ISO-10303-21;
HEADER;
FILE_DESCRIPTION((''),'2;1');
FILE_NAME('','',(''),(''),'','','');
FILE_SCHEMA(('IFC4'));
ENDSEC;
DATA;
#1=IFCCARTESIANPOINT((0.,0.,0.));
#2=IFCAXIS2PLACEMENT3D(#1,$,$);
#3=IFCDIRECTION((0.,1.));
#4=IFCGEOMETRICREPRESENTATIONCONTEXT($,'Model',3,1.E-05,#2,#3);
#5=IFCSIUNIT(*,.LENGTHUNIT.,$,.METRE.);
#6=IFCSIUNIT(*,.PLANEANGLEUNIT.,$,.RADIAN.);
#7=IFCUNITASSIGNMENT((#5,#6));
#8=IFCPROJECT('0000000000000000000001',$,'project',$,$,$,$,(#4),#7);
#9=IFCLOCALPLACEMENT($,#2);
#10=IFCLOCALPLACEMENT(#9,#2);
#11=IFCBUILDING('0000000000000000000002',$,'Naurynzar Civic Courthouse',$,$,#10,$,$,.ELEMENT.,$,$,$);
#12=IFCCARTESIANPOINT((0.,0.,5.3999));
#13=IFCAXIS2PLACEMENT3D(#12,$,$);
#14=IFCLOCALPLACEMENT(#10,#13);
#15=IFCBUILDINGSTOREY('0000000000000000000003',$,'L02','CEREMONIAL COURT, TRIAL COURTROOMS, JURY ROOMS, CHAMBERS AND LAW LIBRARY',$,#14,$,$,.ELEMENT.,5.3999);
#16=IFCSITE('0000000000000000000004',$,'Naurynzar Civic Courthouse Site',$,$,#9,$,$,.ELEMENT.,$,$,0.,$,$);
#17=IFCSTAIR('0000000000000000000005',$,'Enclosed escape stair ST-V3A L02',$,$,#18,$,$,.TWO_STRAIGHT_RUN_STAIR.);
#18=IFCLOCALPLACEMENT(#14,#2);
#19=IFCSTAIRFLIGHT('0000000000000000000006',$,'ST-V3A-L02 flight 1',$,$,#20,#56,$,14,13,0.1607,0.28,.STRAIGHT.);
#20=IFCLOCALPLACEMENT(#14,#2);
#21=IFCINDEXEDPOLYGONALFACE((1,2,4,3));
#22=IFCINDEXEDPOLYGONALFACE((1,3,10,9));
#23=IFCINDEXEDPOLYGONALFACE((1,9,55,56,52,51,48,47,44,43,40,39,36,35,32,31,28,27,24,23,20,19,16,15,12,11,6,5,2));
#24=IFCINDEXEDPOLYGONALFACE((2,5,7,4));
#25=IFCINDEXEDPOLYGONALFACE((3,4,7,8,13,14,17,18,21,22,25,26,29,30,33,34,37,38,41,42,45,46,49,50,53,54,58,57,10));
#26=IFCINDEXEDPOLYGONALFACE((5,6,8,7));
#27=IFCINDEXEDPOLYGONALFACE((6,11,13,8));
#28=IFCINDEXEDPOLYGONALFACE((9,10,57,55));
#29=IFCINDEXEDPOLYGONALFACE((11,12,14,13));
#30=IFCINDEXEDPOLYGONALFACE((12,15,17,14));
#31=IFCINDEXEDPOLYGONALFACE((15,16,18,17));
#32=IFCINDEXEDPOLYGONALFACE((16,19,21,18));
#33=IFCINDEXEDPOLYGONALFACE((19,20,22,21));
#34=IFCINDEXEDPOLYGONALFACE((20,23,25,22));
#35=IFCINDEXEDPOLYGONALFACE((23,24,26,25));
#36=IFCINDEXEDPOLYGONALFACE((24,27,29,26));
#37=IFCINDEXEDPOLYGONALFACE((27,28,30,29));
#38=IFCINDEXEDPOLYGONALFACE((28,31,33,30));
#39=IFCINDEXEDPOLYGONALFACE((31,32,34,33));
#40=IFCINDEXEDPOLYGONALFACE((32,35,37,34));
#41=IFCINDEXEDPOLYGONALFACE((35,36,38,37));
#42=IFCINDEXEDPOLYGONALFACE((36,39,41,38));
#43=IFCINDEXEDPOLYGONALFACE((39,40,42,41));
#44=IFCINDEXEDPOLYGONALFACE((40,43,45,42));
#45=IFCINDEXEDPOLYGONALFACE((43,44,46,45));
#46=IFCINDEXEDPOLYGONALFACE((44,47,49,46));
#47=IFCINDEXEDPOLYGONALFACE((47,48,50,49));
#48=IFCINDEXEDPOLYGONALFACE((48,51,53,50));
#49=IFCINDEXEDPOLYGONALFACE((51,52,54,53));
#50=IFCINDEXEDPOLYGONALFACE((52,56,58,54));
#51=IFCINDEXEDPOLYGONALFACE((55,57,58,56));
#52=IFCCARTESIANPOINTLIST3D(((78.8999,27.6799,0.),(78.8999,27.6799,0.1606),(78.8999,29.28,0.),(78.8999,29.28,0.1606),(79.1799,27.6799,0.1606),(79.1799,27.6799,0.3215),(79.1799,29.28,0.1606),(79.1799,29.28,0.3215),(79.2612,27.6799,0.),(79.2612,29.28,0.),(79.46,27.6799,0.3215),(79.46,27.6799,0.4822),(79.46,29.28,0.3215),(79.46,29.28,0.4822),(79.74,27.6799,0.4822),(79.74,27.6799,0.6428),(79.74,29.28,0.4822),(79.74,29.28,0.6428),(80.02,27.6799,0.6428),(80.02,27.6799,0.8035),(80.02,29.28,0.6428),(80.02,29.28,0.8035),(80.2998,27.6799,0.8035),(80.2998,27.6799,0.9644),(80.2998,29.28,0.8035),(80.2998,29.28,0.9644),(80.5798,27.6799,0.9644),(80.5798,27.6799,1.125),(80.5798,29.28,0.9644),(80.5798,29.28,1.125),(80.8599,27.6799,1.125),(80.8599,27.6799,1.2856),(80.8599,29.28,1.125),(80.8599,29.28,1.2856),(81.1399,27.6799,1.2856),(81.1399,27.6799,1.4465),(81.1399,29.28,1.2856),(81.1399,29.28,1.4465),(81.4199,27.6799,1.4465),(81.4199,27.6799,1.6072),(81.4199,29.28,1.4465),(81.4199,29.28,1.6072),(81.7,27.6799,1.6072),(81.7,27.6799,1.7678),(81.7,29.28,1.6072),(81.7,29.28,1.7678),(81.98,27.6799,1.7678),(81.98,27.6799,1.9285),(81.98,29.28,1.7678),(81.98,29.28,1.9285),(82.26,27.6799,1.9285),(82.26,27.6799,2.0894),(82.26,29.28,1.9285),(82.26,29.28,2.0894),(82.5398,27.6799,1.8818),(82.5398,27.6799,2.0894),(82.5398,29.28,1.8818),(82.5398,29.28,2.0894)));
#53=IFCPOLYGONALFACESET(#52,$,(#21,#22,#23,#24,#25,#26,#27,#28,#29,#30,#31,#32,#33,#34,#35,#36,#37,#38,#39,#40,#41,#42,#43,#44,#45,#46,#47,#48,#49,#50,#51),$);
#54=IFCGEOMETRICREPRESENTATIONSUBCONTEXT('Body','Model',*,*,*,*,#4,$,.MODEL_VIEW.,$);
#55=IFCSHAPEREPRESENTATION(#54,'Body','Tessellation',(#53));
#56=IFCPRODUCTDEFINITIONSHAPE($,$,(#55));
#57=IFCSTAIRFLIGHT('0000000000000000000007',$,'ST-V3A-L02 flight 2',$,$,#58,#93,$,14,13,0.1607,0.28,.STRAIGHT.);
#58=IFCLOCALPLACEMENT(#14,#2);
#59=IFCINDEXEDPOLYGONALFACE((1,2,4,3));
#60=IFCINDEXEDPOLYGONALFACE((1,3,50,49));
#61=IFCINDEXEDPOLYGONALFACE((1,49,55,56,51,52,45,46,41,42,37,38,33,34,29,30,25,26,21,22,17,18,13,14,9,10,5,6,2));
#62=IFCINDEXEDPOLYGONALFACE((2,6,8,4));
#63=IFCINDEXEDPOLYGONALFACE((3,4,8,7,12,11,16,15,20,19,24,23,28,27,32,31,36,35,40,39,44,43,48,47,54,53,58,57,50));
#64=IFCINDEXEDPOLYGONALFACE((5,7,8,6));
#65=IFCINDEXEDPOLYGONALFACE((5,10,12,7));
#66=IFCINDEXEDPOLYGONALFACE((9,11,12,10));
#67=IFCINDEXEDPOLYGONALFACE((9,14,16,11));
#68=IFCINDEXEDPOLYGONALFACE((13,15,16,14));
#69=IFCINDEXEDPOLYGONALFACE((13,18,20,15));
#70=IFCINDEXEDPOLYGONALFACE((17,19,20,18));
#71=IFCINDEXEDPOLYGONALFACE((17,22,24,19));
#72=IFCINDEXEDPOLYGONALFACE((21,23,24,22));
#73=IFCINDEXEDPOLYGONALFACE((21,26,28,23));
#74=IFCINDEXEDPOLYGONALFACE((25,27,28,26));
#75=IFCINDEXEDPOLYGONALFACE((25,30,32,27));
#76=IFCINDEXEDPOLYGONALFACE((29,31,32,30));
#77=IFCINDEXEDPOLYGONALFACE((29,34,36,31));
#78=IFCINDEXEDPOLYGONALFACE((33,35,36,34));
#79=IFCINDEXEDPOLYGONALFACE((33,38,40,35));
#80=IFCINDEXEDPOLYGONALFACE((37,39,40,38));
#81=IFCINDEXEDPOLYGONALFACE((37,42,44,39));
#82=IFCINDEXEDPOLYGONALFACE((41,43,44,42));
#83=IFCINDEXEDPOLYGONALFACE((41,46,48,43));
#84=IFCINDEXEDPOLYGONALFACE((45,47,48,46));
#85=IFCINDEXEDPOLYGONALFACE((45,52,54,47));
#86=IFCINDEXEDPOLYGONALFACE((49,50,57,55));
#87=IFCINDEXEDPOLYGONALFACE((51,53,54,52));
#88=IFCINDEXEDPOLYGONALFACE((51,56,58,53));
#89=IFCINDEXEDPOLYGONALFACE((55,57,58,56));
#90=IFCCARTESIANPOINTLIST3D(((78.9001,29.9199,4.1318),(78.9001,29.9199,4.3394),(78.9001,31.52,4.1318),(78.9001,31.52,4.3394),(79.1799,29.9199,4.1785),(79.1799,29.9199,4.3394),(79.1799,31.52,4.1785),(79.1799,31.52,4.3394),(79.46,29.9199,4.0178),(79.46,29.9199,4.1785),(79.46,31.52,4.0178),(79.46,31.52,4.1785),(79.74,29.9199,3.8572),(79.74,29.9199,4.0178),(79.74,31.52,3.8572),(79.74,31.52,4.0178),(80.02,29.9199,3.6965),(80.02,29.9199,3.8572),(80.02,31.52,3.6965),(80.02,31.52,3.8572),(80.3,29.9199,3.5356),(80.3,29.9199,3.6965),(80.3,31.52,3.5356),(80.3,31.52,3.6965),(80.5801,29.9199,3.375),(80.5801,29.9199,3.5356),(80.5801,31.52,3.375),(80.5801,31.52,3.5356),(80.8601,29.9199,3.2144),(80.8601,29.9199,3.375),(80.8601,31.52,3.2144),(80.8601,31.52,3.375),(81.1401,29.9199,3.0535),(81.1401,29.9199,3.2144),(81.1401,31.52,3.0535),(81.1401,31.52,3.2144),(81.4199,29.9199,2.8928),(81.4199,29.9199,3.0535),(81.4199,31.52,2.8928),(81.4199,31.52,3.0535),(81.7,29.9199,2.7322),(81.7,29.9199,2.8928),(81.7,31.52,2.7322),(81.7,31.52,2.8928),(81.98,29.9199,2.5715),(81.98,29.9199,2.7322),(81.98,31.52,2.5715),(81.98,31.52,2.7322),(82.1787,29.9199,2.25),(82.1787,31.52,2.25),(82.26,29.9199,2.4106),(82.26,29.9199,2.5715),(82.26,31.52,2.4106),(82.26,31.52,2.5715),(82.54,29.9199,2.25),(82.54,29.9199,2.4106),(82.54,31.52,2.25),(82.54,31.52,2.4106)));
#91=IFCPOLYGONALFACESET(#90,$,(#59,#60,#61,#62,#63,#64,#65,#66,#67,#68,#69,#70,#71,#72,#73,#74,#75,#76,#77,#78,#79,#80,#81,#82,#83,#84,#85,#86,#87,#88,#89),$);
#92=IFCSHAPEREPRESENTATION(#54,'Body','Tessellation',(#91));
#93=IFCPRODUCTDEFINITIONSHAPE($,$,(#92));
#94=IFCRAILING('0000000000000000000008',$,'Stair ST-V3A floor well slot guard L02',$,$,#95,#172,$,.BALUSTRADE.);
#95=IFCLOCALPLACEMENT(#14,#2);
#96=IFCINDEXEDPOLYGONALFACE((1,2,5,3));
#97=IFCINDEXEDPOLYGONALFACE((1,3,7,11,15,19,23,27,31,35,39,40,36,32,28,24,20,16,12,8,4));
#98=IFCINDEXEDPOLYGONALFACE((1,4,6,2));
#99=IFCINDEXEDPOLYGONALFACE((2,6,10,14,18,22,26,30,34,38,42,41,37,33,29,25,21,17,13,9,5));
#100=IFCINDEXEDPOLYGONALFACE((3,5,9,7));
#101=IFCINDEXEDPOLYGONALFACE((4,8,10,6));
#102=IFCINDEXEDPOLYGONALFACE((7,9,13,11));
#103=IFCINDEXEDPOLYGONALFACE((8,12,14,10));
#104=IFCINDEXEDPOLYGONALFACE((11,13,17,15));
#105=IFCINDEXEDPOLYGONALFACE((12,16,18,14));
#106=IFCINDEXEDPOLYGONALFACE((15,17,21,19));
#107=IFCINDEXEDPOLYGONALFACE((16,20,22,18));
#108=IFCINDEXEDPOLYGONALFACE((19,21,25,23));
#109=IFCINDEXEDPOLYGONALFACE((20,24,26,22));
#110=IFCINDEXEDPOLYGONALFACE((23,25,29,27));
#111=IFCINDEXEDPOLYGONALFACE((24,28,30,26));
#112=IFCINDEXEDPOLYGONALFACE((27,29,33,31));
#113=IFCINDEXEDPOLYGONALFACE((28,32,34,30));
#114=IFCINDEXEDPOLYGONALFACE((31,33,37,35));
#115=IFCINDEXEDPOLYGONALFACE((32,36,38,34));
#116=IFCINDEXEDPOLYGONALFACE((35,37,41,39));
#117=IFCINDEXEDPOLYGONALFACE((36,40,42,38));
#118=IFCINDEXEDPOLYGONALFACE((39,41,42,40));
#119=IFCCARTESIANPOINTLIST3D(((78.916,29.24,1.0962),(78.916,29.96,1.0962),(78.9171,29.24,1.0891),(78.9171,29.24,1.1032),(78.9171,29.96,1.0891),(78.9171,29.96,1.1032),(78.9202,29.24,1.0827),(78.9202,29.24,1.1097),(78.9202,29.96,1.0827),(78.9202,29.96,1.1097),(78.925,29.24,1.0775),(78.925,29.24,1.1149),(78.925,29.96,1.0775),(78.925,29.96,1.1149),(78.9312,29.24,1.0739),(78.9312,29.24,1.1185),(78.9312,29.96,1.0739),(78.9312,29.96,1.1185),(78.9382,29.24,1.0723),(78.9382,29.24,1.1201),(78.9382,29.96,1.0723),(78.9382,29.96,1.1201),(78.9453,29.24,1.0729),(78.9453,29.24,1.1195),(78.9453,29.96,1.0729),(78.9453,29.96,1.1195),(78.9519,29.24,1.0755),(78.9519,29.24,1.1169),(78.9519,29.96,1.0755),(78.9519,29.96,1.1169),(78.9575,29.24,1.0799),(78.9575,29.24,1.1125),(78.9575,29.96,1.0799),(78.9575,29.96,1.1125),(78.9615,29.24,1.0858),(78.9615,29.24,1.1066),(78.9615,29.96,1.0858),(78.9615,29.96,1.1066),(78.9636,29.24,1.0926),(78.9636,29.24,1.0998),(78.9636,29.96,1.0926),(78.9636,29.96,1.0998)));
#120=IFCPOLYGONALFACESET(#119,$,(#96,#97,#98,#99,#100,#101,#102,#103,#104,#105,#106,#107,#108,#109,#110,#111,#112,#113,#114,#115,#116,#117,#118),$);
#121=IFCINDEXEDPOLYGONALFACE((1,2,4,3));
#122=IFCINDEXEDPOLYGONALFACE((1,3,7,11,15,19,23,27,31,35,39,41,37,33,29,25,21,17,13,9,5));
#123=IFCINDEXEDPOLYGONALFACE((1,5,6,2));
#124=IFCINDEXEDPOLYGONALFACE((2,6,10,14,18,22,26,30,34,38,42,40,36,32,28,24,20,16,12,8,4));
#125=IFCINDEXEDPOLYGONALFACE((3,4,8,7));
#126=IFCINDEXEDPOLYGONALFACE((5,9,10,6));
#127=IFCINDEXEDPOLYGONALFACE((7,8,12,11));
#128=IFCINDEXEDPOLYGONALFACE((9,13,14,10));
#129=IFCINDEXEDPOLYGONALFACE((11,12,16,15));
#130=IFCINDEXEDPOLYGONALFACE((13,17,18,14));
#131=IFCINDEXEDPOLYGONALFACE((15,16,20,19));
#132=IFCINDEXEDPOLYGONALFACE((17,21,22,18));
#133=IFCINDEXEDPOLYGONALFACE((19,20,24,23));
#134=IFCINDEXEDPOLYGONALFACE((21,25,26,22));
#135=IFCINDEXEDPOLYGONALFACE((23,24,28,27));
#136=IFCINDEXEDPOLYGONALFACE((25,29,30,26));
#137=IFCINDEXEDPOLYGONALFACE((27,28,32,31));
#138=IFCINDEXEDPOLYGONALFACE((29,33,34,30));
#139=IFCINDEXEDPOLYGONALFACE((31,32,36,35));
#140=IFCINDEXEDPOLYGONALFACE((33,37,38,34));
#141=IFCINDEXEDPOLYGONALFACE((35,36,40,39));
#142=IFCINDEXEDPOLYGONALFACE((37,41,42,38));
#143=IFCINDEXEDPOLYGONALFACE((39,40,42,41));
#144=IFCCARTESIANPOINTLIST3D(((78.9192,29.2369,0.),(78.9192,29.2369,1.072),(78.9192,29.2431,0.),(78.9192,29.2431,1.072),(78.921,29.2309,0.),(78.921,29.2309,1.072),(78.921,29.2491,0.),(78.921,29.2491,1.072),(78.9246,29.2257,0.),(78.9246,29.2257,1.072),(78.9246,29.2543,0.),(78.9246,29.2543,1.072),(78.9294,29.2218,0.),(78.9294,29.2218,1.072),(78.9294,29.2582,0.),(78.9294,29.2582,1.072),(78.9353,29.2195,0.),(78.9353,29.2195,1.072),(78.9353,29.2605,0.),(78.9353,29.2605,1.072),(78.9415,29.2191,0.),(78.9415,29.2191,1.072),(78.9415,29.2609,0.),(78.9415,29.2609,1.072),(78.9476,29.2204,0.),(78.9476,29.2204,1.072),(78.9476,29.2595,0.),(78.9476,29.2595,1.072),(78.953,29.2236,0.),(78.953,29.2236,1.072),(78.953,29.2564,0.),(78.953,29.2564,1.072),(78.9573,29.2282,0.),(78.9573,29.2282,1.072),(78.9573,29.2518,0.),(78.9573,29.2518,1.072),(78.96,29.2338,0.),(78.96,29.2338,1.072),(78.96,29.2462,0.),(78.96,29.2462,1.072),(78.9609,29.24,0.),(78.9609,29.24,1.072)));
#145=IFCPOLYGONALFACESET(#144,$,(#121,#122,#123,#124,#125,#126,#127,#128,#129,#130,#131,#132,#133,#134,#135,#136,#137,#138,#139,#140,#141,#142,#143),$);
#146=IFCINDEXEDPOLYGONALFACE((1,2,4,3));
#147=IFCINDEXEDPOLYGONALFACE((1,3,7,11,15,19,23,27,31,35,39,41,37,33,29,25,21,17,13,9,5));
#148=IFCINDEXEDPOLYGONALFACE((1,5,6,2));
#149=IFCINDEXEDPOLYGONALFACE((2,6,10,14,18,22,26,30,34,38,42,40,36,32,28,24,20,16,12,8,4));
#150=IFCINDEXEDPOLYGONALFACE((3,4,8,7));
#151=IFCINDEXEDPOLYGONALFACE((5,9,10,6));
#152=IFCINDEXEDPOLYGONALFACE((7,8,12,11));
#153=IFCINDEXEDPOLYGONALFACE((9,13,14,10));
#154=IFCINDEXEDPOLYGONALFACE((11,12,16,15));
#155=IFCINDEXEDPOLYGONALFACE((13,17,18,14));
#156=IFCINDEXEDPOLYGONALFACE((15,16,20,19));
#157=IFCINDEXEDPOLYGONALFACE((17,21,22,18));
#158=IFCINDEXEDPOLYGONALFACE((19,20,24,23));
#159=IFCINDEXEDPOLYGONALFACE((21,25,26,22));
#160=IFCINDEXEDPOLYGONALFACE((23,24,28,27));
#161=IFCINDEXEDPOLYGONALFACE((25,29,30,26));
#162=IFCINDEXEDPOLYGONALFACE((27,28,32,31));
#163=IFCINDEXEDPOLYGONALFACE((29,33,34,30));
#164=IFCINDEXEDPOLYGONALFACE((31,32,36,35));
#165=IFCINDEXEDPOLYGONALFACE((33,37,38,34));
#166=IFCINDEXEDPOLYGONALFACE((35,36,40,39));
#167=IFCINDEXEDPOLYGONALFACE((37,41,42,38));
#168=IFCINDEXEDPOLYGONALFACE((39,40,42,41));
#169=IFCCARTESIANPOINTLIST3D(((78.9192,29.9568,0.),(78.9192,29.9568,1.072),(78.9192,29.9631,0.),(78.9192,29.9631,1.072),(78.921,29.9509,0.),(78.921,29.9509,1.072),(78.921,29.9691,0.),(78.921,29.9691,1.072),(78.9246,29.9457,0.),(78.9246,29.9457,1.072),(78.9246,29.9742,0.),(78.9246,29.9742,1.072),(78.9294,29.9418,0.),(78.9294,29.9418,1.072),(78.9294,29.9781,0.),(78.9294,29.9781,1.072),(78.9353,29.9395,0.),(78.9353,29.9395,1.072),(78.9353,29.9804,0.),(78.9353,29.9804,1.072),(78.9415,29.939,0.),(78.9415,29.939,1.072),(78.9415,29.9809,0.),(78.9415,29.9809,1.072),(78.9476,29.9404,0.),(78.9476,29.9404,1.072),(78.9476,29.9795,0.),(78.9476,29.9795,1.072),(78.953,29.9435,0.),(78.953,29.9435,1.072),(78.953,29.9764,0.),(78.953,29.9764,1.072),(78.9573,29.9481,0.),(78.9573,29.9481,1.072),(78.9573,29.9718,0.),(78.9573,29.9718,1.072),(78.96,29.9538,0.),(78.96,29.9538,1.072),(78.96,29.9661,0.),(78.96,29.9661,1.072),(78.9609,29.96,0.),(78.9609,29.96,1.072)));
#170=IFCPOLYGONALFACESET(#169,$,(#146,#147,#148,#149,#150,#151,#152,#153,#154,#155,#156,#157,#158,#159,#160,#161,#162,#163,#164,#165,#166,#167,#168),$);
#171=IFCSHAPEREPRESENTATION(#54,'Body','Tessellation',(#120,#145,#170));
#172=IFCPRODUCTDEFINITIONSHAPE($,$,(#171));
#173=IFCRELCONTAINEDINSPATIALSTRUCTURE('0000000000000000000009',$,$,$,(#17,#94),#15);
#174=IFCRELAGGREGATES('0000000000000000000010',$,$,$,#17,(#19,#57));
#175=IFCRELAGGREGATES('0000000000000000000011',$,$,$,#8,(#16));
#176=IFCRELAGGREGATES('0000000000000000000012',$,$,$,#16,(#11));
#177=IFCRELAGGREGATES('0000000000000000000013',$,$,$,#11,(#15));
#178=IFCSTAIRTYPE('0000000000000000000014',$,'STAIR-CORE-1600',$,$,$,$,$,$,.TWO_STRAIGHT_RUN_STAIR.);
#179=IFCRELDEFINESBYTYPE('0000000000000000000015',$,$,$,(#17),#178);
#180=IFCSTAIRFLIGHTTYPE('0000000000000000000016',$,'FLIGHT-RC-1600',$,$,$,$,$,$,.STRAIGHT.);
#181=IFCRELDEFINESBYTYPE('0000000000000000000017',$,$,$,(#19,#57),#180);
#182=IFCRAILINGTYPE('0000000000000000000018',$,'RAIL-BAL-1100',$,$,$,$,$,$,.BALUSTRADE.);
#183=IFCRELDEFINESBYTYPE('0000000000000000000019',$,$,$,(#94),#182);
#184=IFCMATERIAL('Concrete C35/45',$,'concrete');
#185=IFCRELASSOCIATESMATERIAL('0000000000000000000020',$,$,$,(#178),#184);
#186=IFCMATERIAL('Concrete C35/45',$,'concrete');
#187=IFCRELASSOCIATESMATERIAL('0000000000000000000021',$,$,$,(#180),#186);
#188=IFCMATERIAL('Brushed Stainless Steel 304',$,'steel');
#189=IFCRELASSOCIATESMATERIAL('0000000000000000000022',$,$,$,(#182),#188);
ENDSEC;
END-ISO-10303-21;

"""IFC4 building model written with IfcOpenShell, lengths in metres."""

from ifc_helpers import new_model, si_unit, direction, frame, origin, origin_2d, place, context, subcontext, project, spatial, polyline, circle, outline, extrude, material, type_object, element, aggregate, save


model = new_model("IFC4")

# Units and contexts
model_context = context("Model", 3, precision=1e-05, world=origin(), true_north=direction((0.0, 1.0)))
body_context = subcontext(model_context, "Body", "Model", "MODEL_VIEW")
ifc_project = project(units=[si_unit("LENGTHUNIT", "METRE"), si_unit("PLANEANGLEUNIT", "RADIAN")], contexts=[model_context])

# Site, building, storey
site_placement = place(None, origin())
site = spatial("IfcSite", under=ifc_project, at=site_placement, Name="Naurynzar Civic Courthouse Site", CompositionType="ELEMENT", RefElevation=0.0)
building_placement = place(site_placement, origin())
building = spatial("IfcBuilding", under=site, at=building_placement, Name="Naurynzar Civic Courthouse", CompositionType="ELEMENT")
storey_placement = place(building_placement, frame((0.0, 0.0, 5.3999)))
storey = spatial("IfcBuildingStorey", under=building, at=storey_placement, Name="L02", Description="CEREMONIAL COURT, TRIAL COURTROOMS, JURY ROOMS, CHAMBERS AND LAW LIBRARY", CompositionType="ELEMENT", Elevation=5.3999)

# Stair, stair flights
ifc_material_1 = material(Name="Concrete C35/45", Category="concrete")
stair_type = type_object("IfcStairType", Name="STAIR-CORE-1600", PredefinedType="TWO_STRAIGHT_RUN_STAIR", material=ifc_material_1)
stair_placement = place(storey_placement, origin())
stair = element("IfcStair", 1, at=stair_placement, inside=storey, type_object=stair_type, Name="Enclosed escape stair ST-V3A L02", PredefinedType="TWO_STRAIGHT_RUN_STAIR")
ifc_material_2 = material(Name="Concrete C35/45", Category="concrete")
stair_flight_type = type_object("IfcStairFlightType", Name="FLIGHT-RC-1600", PredefinedType="STRAIGHT", material=ifc_material_2)
stair_flight_1_placement = place(storey_placement, frame((78.8999, 28.48, 0.0), z_axis=(0.0, 0.0, 1.0), x_axis=(1.0, 0.0, 0.0)))
stair_flight_1 = element("IfcStairFlight", 2, at=stair_flight_1_placement, type_object=stair_flight_type, Name="ST-V3A-L02 flight 1", NumberOfRisers=14, NumberOfTreads=13, PredefinedType="STRAIGHT", RiserHeight=0.1607, TreadLength=0.28, context=body_context, shape_type="SweptSolid", body=[
    extrude(outline(polyline([(0.0, 0.0), (0.0, 0.1606), (0.28, 0.1606), (0.28, 0.3215), (0.5601, 0.3215), (0.5601, 0.4822), (0.8401, 0.4822), (0.8401, 0.6428), (1.1201, 0.6428), (1.1201, 0.8035), (1.3999, 0.8035), (1.3999, 0.9644), (1.6799, 0.9644), (1.6799, 1.125), (1.96, 1.125), (1.96, 1.2856), (2.24, 1.2856), (2.24, 1.4465), (2.52, 1.4465), (2.52, 1.6072), (2.8, 1.6072), (2.8, 1.7678), (3.0801, 1.7678), (3.0801, 1.9285), (3.3601, 1.9285), (3.3601, 2.0894), (3.6399, 2.0894), (3.6399, 2.25), (3.6399, 1.8818), (0.3613, 0.0), (0.0, 0.0)])), frame((0.0, 0.8, 0.0), z_axis=(0.0, -1.0, 0.0), x_axis=(1.0, 0.0, 0.0)), (0.0, 0.0, 1.0), 1.6001),
])
stair_flight_2_placement = place(storey_placement, frame((82.54, 30.72, 2.25), z_axis=(0.0, 0.0, 1.0), x_axis=(-1.0, 0.0, 0.0)))
stair_flight_2 = element("IfcStairFlight", 3, at=stair_flight_2_placement, type_object=stair_flight_type, Name="ST-V3A-L02 flight 2", NumberOfRisers=14, NumberOfTreads=13, PredefinedType="STRAIGHT", RiserHeight=0.1607, TreadLength=0.28, context=body_context, shape_type="SweptSolid", body=[
    extrude(outline(polyline([(0.0, 0.0), (0.0, 0.1606), (0.28, 0.1606), (0.28, 0.3215), (0.5601, 0.3215), (0.5601, 0.4822), (0.8401, 0.4822), (0.8401, 0.6428), (1.1201, 0.6428), (1.1201, 0.8035), (1.3999, 0.8035), (1.3999, 0.9644), (1.6799, 0.9644), (1.6799, 1.125), (1.96, 1.125), (1.96, 1.2856), (2.24, 1.2856), (2.24, 1.4465), (2.52, 1.4465), (2.52, 1.6072), (2.8, 1.6072), (2.8, 1.7678), (3.0801, 1.7678), (3.0801, 1.9285), (3.3601, 1.9285), (3.3601, 2.0894), (3.6399, 2.0894), (3.6399, 2.25), (3.6399, 1.8818), (0.3613, 0.0), (0.0, 0.0)])), frame((0.0, 0.8, 0.0), z_axis=(0.0, -1.0, 0.0), x_axis=(1.0, 0.0, 0.0)), (0.0, 0.0, 1.0), 1.6001),
])
aggregate(stair, [stair_flight_1, stair_flight_2])

# Railing
ifc_material_3 = material(Name="Brushed Stainless Steel 304", Category="steel")
railing_type_1 = type_object("IfcRailingType", Name="RAIL-BAL-1100", PredefinedType="BALUSTRADE", material=ifc_material_3)
for number, where, name in (
    (4, (78.9399, 29.24, 0.0), "Stair ST-V3A floor well slot guard L02"),
):
    element("IfcRailing", number, at=place(storey_placement, frame(where)), inside=storey, type_object=railing_type_1, Name=name, PredefinedType="BALUSTRADE", context=body_context, shape_type="SweptSolid", body=[
        extrude(circle(Radius=0.0239, at=origin_2d()), frame((0.0, 0.0, 1.0962), z_axis=(0.0, 1.0, 0.0), x_axis=(-1.0, 0.0, 0.0)), (0.0, 0.0, 1.0), 0.72),
        extrude(circle(Radius=0.021, at=origin_2d()), origin(), (0.0, 0.0, 1.0), 1.072),
        extrude(circle(Radius=0.021, at=origin_2d()), frame((0.0, 0.72, 0.0)), (0.0, 0.0, 1.0), 1.072),
    ])

save(model, "model.ifc")
